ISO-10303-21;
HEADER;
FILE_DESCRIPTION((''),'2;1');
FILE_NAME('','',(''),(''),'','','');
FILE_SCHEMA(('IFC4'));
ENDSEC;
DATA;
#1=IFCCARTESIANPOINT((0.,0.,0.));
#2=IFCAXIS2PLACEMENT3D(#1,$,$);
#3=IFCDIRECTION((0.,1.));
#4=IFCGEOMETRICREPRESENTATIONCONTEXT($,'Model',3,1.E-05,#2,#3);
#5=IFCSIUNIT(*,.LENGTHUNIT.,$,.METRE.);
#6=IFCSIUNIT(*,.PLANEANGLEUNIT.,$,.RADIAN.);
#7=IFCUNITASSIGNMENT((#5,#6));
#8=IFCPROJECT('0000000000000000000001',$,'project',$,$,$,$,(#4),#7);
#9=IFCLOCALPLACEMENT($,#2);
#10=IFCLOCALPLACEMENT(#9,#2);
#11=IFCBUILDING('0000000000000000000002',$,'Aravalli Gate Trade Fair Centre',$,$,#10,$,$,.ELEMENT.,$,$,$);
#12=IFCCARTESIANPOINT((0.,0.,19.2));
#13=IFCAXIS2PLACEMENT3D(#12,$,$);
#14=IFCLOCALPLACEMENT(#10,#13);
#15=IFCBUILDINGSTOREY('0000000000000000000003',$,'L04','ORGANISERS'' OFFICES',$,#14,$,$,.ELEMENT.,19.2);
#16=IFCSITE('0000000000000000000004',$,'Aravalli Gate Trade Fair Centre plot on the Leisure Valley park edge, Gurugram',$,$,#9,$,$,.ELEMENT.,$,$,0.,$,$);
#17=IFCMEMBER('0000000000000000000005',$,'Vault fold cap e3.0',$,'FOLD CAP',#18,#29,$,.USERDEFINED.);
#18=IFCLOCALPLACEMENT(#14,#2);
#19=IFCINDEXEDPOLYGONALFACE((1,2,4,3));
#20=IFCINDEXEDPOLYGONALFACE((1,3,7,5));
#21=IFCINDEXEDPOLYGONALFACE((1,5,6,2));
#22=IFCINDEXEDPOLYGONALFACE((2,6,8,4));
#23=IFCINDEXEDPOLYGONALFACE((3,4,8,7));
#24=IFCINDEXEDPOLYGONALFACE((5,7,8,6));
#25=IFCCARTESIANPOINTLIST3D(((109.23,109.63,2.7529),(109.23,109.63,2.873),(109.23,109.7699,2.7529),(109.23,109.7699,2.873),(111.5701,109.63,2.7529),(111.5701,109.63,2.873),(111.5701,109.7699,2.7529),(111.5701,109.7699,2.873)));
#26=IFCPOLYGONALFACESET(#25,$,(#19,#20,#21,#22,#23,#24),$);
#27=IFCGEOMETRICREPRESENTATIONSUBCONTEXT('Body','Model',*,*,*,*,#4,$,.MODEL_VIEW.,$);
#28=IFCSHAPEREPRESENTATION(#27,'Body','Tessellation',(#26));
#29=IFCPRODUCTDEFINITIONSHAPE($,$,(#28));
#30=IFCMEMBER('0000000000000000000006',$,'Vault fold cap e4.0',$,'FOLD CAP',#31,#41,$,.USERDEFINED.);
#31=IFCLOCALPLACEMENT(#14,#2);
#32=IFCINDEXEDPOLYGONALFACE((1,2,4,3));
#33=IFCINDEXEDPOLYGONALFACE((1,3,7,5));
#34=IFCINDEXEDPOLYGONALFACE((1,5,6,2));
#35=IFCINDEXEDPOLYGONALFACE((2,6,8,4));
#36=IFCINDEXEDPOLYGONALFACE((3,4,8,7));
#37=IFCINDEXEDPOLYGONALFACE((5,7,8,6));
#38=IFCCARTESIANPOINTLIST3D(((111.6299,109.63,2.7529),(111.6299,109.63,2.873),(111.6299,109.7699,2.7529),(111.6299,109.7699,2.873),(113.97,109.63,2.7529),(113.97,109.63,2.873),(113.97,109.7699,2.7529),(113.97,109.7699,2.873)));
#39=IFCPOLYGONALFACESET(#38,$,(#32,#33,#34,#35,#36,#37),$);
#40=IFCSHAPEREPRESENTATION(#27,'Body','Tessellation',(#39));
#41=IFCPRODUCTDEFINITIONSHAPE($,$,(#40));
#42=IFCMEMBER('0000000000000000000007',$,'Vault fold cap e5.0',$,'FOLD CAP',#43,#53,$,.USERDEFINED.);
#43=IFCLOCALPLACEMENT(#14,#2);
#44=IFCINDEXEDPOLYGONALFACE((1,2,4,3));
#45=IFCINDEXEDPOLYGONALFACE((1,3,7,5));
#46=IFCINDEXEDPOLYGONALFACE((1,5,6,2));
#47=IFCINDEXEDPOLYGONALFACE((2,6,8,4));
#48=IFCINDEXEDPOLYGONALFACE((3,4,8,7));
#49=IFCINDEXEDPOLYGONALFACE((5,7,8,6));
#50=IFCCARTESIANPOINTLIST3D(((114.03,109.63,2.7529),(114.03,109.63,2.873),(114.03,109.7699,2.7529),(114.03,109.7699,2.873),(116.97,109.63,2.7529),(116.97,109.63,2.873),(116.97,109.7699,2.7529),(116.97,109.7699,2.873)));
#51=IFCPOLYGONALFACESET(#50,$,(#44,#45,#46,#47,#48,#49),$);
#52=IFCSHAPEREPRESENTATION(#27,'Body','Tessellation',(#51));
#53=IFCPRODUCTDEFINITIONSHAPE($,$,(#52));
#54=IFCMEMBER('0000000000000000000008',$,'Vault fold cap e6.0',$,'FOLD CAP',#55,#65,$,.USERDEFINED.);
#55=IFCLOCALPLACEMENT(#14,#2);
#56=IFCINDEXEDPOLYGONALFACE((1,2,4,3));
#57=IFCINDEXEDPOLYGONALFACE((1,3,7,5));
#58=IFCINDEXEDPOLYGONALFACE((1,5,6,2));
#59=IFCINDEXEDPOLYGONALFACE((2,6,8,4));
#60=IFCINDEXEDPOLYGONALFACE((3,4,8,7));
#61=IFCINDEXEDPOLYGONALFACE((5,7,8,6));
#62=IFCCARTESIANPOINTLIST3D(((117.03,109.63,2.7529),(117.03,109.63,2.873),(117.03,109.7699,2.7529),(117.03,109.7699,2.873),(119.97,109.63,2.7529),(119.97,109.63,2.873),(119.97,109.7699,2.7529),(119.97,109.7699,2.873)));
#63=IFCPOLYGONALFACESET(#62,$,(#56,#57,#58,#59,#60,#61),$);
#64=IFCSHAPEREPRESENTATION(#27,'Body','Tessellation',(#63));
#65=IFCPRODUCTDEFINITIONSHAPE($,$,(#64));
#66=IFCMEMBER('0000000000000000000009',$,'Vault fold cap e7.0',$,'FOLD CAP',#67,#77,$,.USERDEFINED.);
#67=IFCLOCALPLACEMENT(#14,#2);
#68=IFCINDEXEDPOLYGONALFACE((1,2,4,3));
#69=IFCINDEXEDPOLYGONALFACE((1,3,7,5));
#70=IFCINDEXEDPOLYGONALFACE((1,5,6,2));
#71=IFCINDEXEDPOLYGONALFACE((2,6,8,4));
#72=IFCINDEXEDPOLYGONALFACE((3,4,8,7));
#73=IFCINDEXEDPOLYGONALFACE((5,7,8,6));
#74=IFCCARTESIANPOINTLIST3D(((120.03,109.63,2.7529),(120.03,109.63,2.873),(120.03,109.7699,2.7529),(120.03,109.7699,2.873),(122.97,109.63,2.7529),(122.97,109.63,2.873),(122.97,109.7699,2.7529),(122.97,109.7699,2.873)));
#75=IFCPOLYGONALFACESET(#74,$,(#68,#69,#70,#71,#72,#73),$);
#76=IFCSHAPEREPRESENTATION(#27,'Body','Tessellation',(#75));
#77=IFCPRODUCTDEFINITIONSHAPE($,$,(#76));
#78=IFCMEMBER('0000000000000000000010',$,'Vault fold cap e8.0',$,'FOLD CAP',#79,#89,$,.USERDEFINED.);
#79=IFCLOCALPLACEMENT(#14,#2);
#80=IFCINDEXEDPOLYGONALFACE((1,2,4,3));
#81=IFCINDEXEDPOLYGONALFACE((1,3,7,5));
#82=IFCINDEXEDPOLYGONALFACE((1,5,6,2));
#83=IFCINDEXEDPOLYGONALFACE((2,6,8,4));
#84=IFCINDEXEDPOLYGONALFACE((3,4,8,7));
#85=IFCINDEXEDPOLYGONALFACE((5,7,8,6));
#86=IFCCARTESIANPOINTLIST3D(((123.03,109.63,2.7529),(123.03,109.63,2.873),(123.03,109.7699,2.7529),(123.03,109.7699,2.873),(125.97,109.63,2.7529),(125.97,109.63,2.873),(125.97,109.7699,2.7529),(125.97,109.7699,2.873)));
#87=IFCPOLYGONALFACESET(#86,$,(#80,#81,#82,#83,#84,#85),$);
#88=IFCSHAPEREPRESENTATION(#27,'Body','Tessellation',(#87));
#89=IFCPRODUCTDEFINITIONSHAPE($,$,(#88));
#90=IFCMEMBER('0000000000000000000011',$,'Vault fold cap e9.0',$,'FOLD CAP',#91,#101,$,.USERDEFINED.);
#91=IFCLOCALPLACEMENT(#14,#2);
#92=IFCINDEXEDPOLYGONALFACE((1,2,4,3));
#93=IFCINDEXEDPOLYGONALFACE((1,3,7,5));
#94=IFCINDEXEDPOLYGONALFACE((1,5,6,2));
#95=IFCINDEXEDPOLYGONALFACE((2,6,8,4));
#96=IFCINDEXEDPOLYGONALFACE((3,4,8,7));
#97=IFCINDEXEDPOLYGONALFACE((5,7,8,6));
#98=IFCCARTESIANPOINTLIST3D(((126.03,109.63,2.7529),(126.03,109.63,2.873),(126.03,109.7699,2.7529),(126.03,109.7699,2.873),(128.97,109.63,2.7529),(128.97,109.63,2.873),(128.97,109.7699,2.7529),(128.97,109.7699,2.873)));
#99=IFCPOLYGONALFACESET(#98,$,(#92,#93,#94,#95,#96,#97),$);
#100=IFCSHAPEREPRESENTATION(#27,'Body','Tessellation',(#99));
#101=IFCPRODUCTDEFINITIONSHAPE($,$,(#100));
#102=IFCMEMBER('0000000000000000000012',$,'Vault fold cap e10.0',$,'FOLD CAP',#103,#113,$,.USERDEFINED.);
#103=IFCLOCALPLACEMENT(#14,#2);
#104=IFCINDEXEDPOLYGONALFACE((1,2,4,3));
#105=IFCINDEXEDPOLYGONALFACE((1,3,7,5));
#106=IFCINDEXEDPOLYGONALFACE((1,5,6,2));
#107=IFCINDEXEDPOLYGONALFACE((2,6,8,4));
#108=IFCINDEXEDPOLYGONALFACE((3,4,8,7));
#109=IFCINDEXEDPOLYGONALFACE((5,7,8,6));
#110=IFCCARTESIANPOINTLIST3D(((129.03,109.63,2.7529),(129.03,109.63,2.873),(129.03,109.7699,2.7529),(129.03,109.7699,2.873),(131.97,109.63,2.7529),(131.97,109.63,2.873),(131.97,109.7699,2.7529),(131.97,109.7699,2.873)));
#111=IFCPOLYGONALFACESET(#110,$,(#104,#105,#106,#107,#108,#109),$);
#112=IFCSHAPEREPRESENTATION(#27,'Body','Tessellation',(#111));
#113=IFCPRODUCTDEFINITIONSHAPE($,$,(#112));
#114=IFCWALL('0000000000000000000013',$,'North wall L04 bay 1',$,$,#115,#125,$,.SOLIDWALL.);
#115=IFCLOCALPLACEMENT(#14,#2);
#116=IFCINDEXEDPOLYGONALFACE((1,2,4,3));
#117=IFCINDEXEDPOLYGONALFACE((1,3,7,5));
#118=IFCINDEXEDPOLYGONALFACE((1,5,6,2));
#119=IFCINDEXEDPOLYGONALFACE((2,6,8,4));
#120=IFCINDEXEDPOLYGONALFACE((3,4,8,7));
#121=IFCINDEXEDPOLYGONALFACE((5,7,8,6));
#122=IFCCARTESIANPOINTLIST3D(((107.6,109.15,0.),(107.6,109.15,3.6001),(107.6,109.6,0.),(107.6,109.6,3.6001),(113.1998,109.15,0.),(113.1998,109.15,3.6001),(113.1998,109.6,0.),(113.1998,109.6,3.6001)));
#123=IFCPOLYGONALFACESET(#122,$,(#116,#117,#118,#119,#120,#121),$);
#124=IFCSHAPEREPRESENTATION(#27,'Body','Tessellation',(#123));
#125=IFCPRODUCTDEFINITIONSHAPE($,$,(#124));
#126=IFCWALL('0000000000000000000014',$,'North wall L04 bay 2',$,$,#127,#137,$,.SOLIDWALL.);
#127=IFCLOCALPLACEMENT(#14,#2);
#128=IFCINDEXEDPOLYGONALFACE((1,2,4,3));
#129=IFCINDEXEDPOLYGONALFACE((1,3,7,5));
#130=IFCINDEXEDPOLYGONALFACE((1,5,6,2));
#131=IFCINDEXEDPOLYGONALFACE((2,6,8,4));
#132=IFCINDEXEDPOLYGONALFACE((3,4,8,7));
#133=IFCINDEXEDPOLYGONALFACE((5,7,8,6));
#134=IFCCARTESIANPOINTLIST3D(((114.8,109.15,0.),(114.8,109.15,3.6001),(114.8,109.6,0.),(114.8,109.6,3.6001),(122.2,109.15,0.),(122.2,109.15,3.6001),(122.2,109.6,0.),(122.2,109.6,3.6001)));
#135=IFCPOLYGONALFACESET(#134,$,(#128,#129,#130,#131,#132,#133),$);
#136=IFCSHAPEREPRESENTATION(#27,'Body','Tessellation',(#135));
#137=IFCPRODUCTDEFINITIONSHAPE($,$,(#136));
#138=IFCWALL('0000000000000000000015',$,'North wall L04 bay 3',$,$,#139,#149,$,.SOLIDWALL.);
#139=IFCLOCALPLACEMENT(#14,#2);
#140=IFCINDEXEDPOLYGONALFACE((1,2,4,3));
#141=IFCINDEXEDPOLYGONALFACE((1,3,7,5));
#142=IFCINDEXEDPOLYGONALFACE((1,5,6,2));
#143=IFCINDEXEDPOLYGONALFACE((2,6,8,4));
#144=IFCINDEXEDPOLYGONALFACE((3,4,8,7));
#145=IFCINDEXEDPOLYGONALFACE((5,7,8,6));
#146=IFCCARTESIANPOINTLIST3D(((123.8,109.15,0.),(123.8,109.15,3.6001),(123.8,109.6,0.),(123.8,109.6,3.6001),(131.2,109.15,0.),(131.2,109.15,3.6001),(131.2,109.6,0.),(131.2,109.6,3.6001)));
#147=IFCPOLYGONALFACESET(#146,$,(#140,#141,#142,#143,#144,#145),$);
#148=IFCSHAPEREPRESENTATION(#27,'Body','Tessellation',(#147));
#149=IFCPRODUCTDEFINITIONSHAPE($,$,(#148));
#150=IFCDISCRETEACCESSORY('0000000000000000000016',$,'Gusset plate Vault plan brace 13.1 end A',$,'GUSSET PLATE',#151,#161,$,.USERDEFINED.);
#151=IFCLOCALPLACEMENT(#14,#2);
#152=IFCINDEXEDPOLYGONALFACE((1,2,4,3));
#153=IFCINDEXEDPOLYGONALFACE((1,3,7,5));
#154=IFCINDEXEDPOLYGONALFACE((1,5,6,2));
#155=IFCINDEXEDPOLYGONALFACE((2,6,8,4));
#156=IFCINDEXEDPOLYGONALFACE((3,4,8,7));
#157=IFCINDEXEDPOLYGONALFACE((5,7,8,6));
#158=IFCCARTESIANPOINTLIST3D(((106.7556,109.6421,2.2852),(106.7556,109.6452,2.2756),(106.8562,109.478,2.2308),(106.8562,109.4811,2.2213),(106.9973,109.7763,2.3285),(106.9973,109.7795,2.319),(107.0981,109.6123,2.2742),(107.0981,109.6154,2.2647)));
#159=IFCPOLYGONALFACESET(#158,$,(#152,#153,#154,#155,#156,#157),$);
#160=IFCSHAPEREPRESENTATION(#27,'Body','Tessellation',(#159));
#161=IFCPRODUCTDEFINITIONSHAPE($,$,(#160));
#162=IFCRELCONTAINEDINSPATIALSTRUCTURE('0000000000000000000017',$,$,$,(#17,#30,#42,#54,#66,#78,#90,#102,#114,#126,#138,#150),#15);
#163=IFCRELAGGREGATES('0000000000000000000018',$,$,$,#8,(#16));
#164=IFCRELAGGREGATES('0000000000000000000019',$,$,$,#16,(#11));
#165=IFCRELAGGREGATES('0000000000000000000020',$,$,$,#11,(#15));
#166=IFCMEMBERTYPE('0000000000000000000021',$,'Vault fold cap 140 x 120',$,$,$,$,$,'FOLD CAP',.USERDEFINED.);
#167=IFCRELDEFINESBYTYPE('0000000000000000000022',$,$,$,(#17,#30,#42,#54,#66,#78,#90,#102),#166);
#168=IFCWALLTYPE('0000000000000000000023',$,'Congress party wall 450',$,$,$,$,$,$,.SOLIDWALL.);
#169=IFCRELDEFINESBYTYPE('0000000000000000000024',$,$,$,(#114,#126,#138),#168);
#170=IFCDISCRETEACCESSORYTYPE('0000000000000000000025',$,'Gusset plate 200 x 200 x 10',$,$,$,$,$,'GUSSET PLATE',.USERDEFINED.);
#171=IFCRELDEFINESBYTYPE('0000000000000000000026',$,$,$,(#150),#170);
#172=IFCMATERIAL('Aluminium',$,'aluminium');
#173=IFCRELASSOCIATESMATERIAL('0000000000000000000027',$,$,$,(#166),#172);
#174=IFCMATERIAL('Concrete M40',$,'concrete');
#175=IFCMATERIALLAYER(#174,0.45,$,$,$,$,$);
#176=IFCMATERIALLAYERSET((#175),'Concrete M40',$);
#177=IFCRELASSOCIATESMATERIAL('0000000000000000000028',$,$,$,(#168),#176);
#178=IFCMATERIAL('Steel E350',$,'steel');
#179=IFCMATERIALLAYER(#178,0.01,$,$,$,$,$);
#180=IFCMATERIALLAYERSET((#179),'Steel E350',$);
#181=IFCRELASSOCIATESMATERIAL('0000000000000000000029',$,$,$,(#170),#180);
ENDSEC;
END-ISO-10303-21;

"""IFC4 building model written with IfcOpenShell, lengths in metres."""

from ifc_helpers import new_model, si_unit, direction, frame, frame_2d, origin, origin_2d, place, context, subcontext, project, spatial, polyline, rectangle, outline, extrude, material, layer, layer_set, material_profile, profile_set, type_object, element, save


model = new_model("IFC4")

# Units and contexts
model_context = context("Model", 3, precision=1e-05, world=origin(), true_north=direction((0.0, 1.0)))
body_context = subcontext(model_context, "Body", "Model", "MODEL_VIEW")
ifc_project = project(units=[si_unit("LENGTHUNIT", "METRE"), si_unit("PLANEANGLEUNIT", "RADIAN")], contexts=[model_context])

# Site, building, storey
site_placement = place(None, origin())
site = spatial("IfcSite", under=ifc_project, at=site_placement, Name="Aravalli Gate Trade Fair Centre plot on the Leisure Valley park edge, Gurugram", CompositionType="ELEMENT", RefElevation=0.0)
building_placement = place(site_placement, origin())
building = spatial("IfcBuilding", under=site, at=building_placement, Name="Aravalli Gate Trade Fair Centre", CompositionType="ELEMENT")
storey_placement = place(building_placement, frame((0.0, 0.0, 19.2)))
storey = spatial("IfcBuildingStorey", under=building, at=storey_placement, Name="L04", Description="ORGANISERS' OFFICES", CompositionType="ELEMENT", Elevation=19.2)

# Members
ifc_material_1 = material(Name="Steel E350", Category="steel")
ifc_material_2 = material(Name="Aluminium", Category="aluminium")
ifc_material_profile_1 = material_profile(ifc_material_2, rectangle(XDim=0.1399, YDim=0.1201, at=origin_2d()), Name="Vault fold cap 140 x 120")
ifc_profile_set_1 = profile_set([ifc_material_profile_1], Name="Aluminium")
member_type_1 = type_object("IfcMemberType", Name="Vault fold cap 140 x 120", ElementType="FOLD CAP", PredefinedType="USERDEFINED", material=ifc_profile_set_1)
for number, where, z_axis, x_axis, name in (
    (1, (109.23, 109.7, 2.813), (1.0, 0.0, 0.0), (0.0, 1.0, 0.0), "Vault fold cap e3.0"),
    (2, (111.6299, 109.7, 2.813), (1.0, 0.0, 0.0), (0.0, 1.0, 0.0), "Vault fold cap e4.0"),
):
    element("IfcMember", number, at=place(storey_placement, frame(where, z_axis=z_axis, x_axis=x_axis)), inside=storey, type_object=member_type_1, Name=name, ObjectType="FOLD CAP", PredefinedType="USERDEFINED", context=body_context, shape_type="SweptSolid", body=[
        extrude(rectangle(XDim=0.1399, YDim=0.1201, at=origin_2d()), origin(), (0.0, 0.0, 1.0), 2.3401),
    ])
for number, where, z_axis, x_axis, name in (
    (3, (114.03, 109.7, 2.813), (1.0, 0.0, 0.0), (0.0, 1.0, 0.0), "Vault fold cap e5.0"),
    (4, (117.03, 109.7, 2.813), (1.0, 0.0, 0.0), (0.0, 1.0, 0.0), "Vault fold cap e6.0"),
    (5, (120.03, 109.7, 2.813), (1.0, 0.0, 0.0), (0.0, 1.0, 0.0), "Vault fold cap e7.0"),
    (6, (123.03, 109.7, 2.813), (1.0, 0.0, 0.0), (0.0, 1.0, 0.0), "Vault fold cap e8.0"),
    (7, (126.03, 109.7, 2.813), (1.0, 0.0, 0.0), (0.0, 1.0, 0.0), "Vault fold cap e9.0"),
    (8, (129.03, 109.7, 2.813), (1.0, 0.0, 0.0), (0.0, 1.0, 0.0), "Vault fold cap e10.0"),
):
    element("IfcMember", number, at=place(storey_placement, frame(where, z_axis=z_axis, x_axis=x_axis)), inside=storey, type_object=member_type_1, Name=name, ObjectType="FOLD CAP", PredefinedType="USERDEFINED", context=body_context, shape_type="SweptSolid", body=[
        extrude(rectangle(XDim=0.1399, YDim=0.1201, at=origin_2d()), origin(), (0.0, 0.0, 1.0), 2.9399),
    ])

# Walls
ifc_material_3 = material(Name="Concrete M40", Category="concrete")
ifc_layer_1 = layer(ifc_material_3, 0.45)
ifc_layer_set_1 = layer_set([ifc_layer_1], Name="Concrete M40")
wall_type = type_object("IfcWallType", Name="Congress party wall 450", PredefinedType="SOLIDWALL", material=ifc_layer_set_1)
wall_placement = place(storey_placement, frame((107.6001, 109.375, 0.0), z_axis=(0.0, 0.0, 1.0), x_axis=(1.0, 0.0, 0.0)))
element("IfcWall", 9, at=wall_placement, inside=storey, type_object=wall_type, Name="North wall L04 bay 1", PredefinedType="SOLIDWALL", context=body_context, shape_type="SweptSolid", body=[
    extrude(rectangle(XDim=5.5999, YDim=0.45, at=frame_2d((2.7998, 0.0))), origin(), (0.0, 0.0, 1.0), 3.6001),
])
for number, where, z_axis, x_axis, name in (
    (10, (114.8, 109.375, 0.0), (0.0, 0.0, 1.0), (1.0, 0.0, 0.0), "North wall L04 bay 2"),
    (11, (123.8, 109.375, 0.0), (0.0, 0.0, 1.0), (1.0, 0.0, 0.0), "North wall L04 bay 3"),
):
    element("IfcWall", number, at=place(storey_placement, frame(where, z_axis=z_axis, x_axis=x_axis)), inside=storey, type_object=wall_type, Name=name, PredefinedType="SOLIDWALL", context=body_context, shape_type="SweptSolid", body=[
        extrude(rectangle(XDim=7.3999, YDim=0.45, at=frame_2d((3.7, 0.0))), origin(), (0.0, 0.0, 1.0), 3.6001),
    ])

# Discrete accessory
ifc_layer_2 = layer(ifc_material_1, 0.01)
ifc_layer_set_2 = layer_set([ifc_layer_2], Name="Steel E350")
discrete_accessory_type = type_object("IfcDiscreteAccessoryType", Name="Gusset plate 200 x 200 x 10", ElementType="GUSSET PLATE", PredefinedType="USERDEFINED", material=ifc_layer_set_2)
discrete_accessory_placement = place(storey_placement, frame((107.0981, 109.6123, 2.2742), z_axis=(0.003294, -0.312495, 0.949914), x_axis=(-0.863776, -0.479522, -0.154754)))
element("IfcDiscreteAccessory", 12, at=discrete_accessory_placement, inside=storey, type_object=discrete_accessory_type, Name="Gusset plate Vault plan brace 13.1 end A", ObjectType="GUSSET PLATE", PredefinedType="USERDEFINED", context=body_context, shape_type="SweptSolid", body=[
    extrude(outline(polyline([(0.0, 0.0), (0.2801, 0.0), (0.2799, -0.2), (0.0, -0.2001), (0.0, 0.0)])), origin(), (0.0, 0.0, -1.0), 0.01),
])

save(model, "model.ifc")
